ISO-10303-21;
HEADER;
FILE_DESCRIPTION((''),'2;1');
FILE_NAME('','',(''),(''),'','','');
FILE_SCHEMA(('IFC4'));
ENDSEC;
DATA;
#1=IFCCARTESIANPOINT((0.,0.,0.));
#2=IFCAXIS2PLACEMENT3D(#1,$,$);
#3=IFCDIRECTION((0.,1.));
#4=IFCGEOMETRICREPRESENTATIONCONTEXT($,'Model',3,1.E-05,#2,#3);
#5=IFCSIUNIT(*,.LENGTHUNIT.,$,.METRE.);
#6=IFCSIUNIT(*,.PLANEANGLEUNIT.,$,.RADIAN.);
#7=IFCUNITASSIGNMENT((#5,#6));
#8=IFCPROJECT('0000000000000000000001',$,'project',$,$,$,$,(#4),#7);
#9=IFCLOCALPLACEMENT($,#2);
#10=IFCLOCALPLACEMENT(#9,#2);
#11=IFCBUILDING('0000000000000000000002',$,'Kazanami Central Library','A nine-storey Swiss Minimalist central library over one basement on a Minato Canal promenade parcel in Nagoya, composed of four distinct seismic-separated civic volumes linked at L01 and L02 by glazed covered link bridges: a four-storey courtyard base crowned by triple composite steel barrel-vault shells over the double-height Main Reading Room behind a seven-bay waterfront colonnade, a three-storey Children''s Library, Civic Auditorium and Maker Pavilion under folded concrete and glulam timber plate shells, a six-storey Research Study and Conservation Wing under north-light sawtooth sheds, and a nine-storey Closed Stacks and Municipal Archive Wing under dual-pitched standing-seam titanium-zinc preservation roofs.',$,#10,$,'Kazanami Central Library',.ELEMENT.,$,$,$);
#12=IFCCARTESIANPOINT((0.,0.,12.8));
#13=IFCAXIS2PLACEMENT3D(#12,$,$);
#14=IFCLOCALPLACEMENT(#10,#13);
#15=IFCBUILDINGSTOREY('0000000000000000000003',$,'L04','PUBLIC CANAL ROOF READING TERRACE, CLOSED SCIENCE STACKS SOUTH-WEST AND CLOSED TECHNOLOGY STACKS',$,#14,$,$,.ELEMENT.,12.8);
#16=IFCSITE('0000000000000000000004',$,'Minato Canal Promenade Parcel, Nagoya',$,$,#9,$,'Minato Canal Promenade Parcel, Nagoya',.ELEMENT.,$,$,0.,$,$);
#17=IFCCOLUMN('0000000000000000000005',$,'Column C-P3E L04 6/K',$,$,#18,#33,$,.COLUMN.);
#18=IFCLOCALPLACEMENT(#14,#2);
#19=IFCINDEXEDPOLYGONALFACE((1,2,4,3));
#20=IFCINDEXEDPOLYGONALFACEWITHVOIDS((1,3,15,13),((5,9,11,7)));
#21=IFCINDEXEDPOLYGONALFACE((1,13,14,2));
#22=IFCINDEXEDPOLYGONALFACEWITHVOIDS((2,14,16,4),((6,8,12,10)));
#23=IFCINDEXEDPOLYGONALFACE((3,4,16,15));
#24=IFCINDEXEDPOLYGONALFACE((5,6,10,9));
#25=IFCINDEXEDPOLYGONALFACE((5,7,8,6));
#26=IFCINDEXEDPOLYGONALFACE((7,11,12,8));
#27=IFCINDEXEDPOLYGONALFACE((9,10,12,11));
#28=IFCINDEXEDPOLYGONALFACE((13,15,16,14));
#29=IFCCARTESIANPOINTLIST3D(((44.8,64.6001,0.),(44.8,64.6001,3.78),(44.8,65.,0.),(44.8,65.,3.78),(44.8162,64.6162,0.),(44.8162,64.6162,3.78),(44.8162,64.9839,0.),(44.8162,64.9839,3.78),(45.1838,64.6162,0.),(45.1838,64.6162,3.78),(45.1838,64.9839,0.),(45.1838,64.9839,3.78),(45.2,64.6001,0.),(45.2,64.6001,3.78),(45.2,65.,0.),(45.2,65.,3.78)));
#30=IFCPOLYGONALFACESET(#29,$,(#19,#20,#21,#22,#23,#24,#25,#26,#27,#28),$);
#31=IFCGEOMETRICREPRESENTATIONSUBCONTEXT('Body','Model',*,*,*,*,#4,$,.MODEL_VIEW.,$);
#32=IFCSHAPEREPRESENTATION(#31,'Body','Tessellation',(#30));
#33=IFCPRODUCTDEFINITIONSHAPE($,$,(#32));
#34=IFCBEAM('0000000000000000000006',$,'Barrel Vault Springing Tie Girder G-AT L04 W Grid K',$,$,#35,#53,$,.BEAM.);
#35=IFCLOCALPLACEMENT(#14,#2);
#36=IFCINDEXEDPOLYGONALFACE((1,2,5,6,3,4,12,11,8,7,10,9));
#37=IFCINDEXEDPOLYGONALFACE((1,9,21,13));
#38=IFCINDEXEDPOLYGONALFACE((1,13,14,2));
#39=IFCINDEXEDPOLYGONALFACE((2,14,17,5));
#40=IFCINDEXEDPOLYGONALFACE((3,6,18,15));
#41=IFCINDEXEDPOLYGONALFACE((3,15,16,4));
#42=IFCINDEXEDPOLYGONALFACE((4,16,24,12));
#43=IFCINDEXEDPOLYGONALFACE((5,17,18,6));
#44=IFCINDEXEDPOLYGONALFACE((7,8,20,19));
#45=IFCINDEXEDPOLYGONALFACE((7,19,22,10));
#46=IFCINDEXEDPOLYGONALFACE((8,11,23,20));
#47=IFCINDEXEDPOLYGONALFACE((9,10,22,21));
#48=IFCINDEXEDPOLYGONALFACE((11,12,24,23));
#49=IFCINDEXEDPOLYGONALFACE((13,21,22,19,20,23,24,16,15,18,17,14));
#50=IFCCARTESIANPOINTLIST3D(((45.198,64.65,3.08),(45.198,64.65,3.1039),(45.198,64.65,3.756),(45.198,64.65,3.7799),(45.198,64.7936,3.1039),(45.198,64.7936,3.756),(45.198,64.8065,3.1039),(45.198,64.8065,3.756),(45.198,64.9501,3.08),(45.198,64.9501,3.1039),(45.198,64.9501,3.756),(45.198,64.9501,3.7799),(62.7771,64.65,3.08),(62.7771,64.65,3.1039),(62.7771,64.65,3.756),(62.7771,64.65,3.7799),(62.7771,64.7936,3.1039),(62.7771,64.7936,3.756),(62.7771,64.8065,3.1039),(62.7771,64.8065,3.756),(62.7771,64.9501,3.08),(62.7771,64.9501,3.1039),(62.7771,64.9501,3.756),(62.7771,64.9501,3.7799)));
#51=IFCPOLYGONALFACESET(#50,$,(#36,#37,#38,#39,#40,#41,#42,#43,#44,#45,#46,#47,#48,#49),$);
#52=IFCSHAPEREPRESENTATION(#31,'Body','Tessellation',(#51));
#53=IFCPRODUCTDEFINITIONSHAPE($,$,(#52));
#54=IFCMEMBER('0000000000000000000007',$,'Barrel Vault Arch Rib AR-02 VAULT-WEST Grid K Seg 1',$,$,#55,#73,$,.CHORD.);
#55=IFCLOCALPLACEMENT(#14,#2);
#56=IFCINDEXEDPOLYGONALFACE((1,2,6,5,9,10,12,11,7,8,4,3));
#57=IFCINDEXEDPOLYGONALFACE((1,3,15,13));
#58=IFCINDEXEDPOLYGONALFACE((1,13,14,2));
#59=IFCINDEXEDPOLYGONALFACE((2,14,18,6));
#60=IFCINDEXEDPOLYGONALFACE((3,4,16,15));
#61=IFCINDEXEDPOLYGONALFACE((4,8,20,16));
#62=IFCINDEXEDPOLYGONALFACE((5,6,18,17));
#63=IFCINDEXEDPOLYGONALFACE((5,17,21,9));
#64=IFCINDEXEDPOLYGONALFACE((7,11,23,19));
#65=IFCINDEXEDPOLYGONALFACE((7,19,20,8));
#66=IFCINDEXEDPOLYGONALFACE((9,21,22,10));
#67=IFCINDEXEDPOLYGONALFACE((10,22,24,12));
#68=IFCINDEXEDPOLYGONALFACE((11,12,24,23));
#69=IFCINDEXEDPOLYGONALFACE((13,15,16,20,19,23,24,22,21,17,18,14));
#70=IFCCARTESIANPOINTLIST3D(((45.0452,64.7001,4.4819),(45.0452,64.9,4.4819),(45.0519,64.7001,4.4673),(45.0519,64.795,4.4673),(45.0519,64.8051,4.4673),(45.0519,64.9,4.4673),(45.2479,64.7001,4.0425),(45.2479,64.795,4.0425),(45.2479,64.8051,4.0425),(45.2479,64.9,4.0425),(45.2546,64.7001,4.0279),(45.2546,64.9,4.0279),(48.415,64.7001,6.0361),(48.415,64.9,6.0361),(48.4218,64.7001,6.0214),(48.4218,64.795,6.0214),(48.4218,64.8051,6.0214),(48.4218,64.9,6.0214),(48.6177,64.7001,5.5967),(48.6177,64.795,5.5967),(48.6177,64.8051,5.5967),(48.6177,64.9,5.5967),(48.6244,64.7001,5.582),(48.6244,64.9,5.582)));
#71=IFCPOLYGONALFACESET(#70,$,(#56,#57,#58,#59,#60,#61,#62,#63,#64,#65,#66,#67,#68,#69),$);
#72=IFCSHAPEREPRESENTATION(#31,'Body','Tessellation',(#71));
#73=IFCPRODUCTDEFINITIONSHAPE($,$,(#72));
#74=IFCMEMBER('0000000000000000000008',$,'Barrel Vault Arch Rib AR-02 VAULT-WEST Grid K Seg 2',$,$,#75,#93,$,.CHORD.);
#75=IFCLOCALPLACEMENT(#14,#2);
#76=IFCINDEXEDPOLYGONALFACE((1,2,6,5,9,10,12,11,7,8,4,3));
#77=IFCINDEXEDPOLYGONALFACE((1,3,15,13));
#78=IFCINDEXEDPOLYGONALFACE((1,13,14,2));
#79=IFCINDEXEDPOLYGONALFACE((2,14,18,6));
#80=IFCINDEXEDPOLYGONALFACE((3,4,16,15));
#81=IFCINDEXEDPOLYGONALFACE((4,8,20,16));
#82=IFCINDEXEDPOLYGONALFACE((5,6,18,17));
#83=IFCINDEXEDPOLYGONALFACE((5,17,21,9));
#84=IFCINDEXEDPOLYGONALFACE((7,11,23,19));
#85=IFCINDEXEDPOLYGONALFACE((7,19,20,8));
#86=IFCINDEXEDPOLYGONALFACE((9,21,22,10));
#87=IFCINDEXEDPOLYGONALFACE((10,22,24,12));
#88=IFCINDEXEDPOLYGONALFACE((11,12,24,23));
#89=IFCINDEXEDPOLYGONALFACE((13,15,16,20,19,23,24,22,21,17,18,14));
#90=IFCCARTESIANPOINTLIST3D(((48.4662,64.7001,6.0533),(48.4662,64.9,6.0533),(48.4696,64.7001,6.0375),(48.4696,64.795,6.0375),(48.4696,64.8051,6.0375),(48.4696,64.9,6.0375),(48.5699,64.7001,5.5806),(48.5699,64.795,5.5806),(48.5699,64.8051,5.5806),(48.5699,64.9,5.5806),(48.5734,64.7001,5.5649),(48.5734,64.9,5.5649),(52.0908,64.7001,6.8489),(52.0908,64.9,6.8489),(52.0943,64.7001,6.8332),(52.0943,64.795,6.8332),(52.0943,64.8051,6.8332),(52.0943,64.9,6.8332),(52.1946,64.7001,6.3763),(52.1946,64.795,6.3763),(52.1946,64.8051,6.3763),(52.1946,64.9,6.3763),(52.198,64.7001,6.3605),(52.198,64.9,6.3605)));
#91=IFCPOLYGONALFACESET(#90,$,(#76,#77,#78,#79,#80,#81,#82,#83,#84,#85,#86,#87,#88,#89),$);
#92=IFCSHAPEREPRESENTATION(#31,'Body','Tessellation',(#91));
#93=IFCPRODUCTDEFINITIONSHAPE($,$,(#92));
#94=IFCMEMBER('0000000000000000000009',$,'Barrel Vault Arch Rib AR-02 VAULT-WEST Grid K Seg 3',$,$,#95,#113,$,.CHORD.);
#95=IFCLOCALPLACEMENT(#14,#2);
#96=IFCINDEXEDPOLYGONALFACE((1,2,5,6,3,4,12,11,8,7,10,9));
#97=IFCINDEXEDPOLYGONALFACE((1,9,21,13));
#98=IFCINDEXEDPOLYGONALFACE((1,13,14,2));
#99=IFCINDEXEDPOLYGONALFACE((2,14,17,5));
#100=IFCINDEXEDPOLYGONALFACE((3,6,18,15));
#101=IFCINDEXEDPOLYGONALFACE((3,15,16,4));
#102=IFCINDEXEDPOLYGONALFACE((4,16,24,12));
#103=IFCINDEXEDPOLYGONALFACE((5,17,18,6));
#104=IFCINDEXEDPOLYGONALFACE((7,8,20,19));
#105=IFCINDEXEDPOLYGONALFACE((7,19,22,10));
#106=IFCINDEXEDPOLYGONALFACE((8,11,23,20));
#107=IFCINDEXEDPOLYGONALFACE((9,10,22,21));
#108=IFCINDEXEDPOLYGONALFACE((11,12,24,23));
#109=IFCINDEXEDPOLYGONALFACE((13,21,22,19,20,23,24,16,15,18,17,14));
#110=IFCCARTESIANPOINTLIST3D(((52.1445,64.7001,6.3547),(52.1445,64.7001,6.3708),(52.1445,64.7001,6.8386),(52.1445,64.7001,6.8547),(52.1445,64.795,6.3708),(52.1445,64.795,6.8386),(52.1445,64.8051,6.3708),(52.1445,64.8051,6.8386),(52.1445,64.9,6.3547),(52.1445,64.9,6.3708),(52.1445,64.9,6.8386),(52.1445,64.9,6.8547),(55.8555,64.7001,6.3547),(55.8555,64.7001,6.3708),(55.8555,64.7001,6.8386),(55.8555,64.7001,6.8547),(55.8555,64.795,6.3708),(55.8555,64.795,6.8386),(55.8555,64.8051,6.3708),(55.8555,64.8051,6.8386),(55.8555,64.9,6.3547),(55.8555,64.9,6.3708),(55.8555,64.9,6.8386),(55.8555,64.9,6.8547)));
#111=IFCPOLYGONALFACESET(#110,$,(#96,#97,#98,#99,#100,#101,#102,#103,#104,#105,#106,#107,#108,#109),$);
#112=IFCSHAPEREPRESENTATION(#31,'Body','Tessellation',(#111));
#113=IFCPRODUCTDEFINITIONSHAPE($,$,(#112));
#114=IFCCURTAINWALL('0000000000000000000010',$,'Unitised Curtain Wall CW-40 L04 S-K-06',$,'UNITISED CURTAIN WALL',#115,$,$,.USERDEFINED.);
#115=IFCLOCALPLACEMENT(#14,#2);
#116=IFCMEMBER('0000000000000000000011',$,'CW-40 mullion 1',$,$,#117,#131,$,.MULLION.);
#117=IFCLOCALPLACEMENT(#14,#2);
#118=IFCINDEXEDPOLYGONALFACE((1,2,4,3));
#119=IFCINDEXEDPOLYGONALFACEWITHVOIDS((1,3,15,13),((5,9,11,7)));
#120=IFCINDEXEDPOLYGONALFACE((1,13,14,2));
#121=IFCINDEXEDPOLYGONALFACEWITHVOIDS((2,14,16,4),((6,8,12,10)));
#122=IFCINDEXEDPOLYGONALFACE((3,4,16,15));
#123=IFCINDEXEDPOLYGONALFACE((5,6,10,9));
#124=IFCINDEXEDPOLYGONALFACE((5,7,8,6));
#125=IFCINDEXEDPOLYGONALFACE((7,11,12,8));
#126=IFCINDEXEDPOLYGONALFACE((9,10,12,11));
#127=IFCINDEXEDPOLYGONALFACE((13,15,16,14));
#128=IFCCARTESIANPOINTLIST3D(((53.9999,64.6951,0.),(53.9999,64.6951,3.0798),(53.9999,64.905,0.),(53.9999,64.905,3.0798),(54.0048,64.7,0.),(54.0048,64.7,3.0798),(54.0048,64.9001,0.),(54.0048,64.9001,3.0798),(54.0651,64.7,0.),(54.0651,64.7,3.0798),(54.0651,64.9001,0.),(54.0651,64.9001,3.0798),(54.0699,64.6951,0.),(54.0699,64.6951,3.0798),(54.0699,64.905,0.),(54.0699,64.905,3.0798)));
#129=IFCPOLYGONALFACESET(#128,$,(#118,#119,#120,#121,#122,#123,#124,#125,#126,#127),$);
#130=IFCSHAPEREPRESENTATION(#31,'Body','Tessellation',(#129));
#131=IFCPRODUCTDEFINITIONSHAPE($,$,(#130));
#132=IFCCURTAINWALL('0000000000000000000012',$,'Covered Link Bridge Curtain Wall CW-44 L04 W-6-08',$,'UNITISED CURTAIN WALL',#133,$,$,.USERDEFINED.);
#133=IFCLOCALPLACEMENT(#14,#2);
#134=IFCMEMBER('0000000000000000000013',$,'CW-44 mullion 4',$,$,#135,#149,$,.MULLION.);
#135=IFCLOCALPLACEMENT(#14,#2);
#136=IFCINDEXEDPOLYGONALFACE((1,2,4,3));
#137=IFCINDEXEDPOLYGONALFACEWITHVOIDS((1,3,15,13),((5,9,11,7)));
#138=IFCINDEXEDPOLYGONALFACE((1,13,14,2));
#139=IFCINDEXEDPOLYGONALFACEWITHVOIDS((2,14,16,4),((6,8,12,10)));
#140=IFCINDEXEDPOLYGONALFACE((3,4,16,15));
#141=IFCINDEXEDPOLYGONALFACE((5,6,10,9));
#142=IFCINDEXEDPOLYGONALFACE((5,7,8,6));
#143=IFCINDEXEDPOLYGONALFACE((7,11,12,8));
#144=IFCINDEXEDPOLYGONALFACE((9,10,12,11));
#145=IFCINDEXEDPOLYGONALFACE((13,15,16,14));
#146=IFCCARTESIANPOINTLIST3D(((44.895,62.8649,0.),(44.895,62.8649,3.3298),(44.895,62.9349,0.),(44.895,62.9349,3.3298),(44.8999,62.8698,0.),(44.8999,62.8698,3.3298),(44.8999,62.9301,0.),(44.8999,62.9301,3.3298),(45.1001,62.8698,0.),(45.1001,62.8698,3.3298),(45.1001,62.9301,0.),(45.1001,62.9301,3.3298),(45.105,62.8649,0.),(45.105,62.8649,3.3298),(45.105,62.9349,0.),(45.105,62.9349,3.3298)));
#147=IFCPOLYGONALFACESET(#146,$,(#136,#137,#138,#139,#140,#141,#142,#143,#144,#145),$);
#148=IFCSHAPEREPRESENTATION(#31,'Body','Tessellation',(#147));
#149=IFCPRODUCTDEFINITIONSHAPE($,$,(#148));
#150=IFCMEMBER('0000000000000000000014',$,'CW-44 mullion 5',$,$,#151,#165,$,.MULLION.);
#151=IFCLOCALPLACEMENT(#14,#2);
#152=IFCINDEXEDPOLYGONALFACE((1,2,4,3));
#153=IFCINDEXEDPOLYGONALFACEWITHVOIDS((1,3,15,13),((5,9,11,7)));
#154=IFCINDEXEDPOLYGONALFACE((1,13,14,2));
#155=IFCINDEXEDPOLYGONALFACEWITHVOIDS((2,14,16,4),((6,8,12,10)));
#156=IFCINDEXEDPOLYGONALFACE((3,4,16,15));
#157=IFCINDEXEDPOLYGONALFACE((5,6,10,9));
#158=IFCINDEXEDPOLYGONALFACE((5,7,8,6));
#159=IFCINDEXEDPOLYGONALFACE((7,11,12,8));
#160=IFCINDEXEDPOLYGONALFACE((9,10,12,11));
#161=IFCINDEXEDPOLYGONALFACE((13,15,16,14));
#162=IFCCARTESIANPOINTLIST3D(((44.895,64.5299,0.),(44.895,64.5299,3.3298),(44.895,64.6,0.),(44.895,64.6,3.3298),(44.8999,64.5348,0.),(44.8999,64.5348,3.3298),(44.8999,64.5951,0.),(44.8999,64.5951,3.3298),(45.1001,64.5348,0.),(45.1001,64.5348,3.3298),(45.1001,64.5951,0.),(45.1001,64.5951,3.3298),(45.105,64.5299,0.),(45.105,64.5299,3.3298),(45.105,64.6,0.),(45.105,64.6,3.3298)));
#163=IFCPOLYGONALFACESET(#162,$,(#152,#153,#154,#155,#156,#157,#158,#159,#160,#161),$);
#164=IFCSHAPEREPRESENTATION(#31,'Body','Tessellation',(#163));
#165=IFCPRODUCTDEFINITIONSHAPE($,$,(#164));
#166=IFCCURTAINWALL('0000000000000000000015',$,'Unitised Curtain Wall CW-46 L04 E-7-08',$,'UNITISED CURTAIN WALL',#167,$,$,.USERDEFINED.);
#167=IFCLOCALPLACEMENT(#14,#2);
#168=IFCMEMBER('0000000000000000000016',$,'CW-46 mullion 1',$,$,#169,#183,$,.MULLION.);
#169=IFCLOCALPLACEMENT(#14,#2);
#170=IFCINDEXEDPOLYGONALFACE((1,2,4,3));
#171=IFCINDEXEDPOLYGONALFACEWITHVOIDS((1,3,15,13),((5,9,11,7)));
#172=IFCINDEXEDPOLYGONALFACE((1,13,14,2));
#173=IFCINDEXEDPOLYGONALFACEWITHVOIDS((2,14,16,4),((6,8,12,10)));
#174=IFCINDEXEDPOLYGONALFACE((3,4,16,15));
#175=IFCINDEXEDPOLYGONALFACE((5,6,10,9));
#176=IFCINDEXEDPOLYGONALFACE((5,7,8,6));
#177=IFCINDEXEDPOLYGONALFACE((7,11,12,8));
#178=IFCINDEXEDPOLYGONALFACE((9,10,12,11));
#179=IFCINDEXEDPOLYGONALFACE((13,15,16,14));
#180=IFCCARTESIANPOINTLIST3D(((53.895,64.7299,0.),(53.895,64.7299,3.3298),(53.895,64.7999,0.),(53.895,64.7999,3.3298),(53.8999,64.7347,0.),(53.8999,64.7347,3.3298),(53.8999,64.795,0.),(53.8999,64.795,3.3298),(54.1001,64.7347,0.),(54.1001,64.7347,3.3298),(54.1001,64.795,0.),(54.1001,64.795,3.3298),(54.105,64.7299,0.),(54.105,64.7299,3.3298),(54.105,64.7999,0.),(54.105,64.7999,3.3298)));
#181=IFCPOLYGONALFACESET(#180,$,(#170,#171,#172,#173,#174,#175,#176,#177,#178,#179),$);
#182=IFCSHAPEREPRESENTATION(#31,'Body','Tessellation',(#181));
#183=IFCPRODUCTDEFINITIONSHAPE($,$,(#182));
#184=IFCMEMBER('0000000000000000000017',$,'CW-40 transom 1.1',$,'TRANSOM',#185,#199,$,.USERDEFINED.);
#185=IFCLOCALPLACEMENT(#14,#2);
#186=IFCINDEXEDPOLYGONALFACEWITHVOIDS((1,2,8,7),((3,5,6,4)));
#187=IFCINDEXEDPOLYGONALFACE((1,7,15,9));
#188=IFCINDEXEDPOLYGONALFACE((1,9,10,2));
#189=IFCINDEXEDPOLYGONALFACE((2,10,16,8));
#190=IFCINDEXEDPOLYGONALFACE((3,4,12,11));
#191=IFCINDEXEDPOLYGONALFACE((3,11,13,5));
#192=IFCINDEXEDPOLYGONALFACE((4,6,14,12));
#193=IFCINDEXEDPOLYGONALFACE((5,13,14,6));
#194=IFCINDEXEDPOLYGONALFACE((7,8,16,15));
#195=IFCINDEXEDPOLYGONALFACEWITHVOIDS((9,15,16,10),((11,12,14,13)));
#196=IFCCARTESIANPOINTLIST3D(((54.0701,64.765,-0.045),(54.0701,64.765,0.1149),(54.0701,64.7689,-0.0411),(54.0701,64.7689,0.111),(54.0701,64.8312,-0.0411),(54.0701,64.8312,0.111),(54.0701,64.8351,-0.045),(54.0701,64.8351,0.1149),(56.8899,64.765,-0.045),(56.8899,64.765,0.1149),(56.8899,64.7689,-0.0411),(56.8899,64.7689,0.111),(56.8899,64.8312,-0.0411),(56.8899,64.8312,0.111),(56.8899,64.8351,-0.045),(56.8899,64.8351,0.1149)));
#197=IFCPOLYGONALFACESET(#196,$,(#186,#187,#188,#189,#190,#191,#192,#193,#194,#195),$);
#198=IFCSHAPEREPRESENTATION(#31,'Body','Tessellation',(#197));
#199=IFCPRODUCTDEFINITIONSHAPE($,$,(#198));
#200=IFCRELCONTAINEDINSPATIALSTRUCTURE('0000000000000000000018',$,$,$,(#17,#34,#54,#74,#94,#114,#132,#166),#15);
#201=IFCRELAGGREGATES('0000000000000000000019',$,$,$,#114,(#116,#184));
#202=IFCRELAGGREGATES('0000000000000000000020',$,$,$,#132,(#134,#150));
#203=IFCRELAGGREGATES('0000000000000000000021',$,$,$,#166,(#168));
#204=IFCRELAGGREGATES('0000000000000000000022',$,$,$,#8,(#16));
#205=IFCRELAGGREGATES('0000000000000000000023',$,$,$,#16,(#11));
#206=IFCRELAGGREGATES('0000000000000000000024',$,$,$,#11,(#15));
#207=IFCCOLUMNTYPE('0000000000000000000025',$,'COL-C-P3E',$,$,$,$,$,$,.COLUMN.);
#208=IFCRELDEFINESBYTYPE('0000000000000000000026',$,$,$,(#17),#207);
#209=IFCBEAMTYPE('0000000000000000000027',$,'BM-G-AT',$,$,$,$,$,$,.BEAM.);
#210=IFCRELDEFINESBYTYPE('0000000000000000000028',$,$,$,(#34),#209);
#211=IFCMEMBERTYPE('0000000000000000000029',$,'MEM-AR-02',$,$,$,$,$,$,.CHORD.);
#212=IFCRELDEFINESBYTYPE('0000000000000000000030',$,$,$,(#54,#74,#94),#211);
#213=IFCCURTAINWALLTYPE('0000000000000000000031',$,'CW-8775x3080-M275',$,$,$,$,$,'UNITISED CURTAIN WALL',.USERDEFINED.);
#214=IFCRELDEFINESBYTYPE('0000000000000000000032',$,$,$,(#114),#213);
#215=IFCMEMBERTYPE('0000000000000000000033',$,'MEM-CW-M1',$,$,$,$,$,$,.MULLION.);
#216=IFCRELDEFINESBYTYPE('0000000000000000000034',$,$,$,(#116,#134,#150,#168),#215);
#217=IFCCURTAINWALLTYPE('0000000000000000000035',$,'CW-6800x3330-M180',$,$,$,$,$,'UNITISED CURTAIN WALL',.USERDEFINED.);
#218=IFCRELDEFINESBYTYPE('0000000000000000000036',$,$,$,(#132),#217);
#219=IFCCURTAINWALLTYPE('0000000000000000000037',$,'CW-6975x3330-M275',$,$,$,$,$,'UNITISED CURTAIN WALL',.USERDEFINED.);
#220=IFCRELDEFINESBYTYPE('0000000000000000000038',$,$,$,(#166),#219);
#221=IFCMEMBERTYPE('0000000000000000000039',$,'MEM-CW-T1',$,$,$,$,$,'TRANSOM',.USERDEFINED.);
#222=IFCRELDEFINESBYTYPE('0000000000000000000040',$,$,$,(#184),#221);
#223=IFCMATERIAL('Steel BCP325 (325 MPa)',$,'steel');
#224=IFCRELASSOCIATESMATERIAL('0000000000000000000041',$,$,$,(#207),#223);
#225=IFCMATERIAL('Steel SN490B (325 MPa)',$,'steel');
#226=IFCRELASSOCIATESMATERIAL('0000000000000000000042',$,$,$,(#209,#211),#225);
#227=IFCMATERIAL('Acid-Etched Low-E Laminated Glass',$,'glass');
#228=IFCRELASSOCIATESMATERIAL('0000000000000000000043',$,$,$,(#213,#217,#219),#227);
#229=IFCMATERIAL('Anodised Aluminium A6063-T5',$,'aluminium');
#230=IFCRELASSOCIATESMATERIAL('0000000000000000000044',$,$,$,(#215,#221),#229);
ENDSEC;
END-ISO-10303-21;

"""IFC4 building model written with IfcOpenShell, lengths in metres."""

from ifc_helpers import new_model, si_unit, direction, frame, origin, origin_2d, place, context, subcontext, project, spatial, hollow_rectangle, i_section, extrude, material, material_profile, profile_set, type_object, element, aggregate, save


model = new_model("IFC4")

# Units and contexts
model_context = context("Model", 3, precision=1e-05, world=origin(), true_north=direction((0.0, 1.0)))
body_context = subcontext(model_context, "Body", "Model", "MODEL_VIEW")
ifc_project = project(units=[si_unit("LENGTHUNIT", "METRE"), si_unit("PLANEANGLEUNIT", "RADIAN")], contexts=[model_context])

# Site, building, storey
site_placement = place(None, origin())
site = spatial("IfcSite", under=ifc_project, at=site_placement, Name="Minato Canal Promenade Parcel, Nagoya", LongName="Minato Canal Promenade Parcel, Nagoya", CompositionType="ELEMENT", RefElevation=0.0)
building_placement = place(site_placement, origin())
building = spatial("IfcBuilding", under=site, at=building_placement, Name="Kazanami Central Library", Description="A nine-storey Swiss Minimalist central library over one basement on a Minato Canal promenade parcel in Nagoya, composed of four distinct seismic-separated civic volumes linked at L01 and L02 by glazed covered link bridges: a four-storey courtyard base crowned by triple composite steel barrel-vault shells over the double-height Main Reading Room behind a seven-bay waterfront colonnade, a three-storey Children's Library, Civic Auditorium and Maker Pavilion under folded concrete and glulam timber plate shells, a six-storey Research Study and Conservation Wing under north-light sawtooth sheds, and a nine-storey Closed Stacks and Municipal Archive Wing under dual-pitched standing-seam titanium-zinc preservation roofs.", LongName="Kazanami Central Library", CompositionType="ELEMENT")
storey_placement = place(building_placement, frame((0.0, 0.0, 12.8)))
storey = spatial("IfcBuildingStorey", under=building, at=storey_placement, Name="L04", Description="PUBLIC CANAL ROOF READING TERRACE, CLOSED SCIENCE STACKS SOUTH-WEST AND CLOSED TECHNOLOGY STACKS", CompositionType="ELEMENT", Elevation=12.8)

# Column
ifc_material_1 = material(Name="Steel BCP325 (325 MPa)", Category="steel")
ifc_material_profile_1 = material_profile(ifc_material_1, hollow_rectangle(XDim=0.3999, YDim=0.3999, WallThickness=0.0161, at=origin_2d()), Name="BCP-400x400x16")
ifc_profile_set_1 = profile_set([ifc_material_profile_1], Name="Steel BCP325 (325 MPa)")
column_type = type_object("IfcColumnType", Name="COL-C-P3E", PredefinedType="COLUMN", material=ifc_profile_set_1)
column_placement = place(storey_placement, frame((45.0, 64.8, 0.0), z_axis=(0.0, 0.0, 1.0), x_axis=(1.0, 0.0, 0.0)))
element("IfcColumn", 1, at=column_placement, inside=storey, type_object=column_type, Name="Column C-P3E L04 6/K", PredefinedType="COLUMN", context=body_context, shape_type="SweptSolid", body=[
    extrude(hollow_rectangle(XDim=0.3999, YDim=0.3999, WallThickness=0.0161, at=origin_2d()), origin(), (0.0, 0.0, 1.0), 3.78),
])

# Beam
ifc_material_2 = material(Name="Steel SN490B (325 MPa)", Category="steel")
ifc_material_profile_2 = material_profile(ifc_material_2, i_section(OverallWidth=0.3, OverallDepth=0.7, WebThickness=0.0129, FlangeThickness=0.0239, at=origin_2d()), Name="H-700x300x13x24")
ifc_profile_set_2 = profile_set([ifc_material_profile_2], Name="Steel SN490B (325 MPa)")
beam_type = type_object("IfcBeamType", Name="BM-G-AT", PredefinedType="BEAM", material=ifc_profile_set_2)
beam_placement = place(storey_placement, frame((45.198, 64.8, 3.4299), z_axis=(1.0, 0.0, 0.0), x_axis=(0.0, 1.0, 0.0)))
element("IfcBeam", 2, at=beam_placement, inside=storey, type_object=beam_type, Name="Barrel Vault Springing Tie Girder G-AT L04 W Grid K", PredefinedType="BEAM", context=body_context, shape_type="SweptSolid", body=[
    extrude(i_section(OverallWidth=0.3, OverallDepth=0.7, WebThickness=0.0129, FlangeThickness=0.0239, at=origin_2d()), origin(), (0.0, 0.0, 1.0), 17.5791),
])

# Members
ifc_material_profile_3 = material_profile(ifc_material_2, i_section(OverallWidth=0.2, OverallDepth=0.5, WebThickness=0.01, FlangeThickness=0.0161, at=origin_2d()), Name="H-500x200x10x16")
ifc_profile_set_3 = profile_set([ifc_material_profile_3], Name="Steel SN490B (325 MPa)")
member_type_1 = type_object("IfcMemberType", Name="MEM-AR-02", PredefinedType="CHORD", material=ifc_profile_set_3)
for number, where, z_axis, x_axis, name in (
    (3, (45.1499, 64.8, 4.2549), (0.908075, 0.0, 0.418808), (0.0, 1.0, 0.0), "Barrel Vault Arch Rib AR-02 VAULT-WEST Grid K Seg 1"),
    (4, (48.5198, 64.8, 5.8091), (0.976746, 0.0, 0.214401), (0.0, 1.0, 0.0), "Barrel Vault Arch Rib AR-02 VAULT-WEST Grid K Seg 2"),
    (5, (52.1445, 64.8, 6.6047), (1.0, 0.0, 0.0), (0.0, 1.0, 0.0), "Barrel Vault Arch Rib AR-02 VAULT-WEST Grid K Seg 3"),
):
    element("IfcMember", number, at=place(storey_placement, frame(where, z_axis=z_axis, x_axis=x_axis)), inside=storey, type_object=member_type_1, Name=name, PredefinedType="CHORD", context=body_context, shape_type="SweptSolid", body=[
        extrude(i_section(OverallWidth=0.2, OverallDepth=0.5, WebThickness=0.01, FlangeThickness=0.0161, at=origin_2d()), origin(), (0.0, 0.0, 1.0), 3.7109),
    ])

# Curtain wall, member
ifc_material_3 = material(Name="Acid-Etched Low-E Laminated Glass", Category="glass")
curtain_wall_type_1 = type_object("IfcCurtainWallType", Name="CW-8775x3080-M275", ElementType="UNITISED CURTAIN WALL", PredefinedType="USERDEFINED", material=ifc_material_3)
curtain_wall_1_placement = place(storey_placement, origin())
curtain_wall_1 = element("IfcCurtainWall", 6, at=curtain_wall_1_placement, inside=storey, type_object=curtain_wall_type_1, Name="Unitised Curtain Wall CW-40 L04 S-K-06", ObjectType="UNITISED CURTAIN WALL", PredefinedType="USERDEFINED")
ifc_material_4 = material(Name="Anodised Aluminium A6063-T5", Category="aluminium")
ifc_material_profile_4 = material_profile(ifc_material_4, hollow_rectangle(XDim=0.0701, YDim=0.21, WallThickness=0.0049, at=origin_2d()), Name="ALU-MULL-70x210x5")
ifc_profile_set_4 = profile_set([ifc_material_profile_4], Name="Anodised Aluminium A6063-T5")
member_type_2 = type_object("IfcMemberType", Name="MEM-CW-M1", PredefinedType="MULLION", material=ifc_profile_set_4)
member_1_placement = place(storey_placement, frame((54.0349, 64.8, 0.0), z_axis=(0.0, 0.0, 1.0), x_axis=(1.0, 0.0, 0.0)))
member_1 = element("IfcMember", 7, at=member_1_placement, type_object=member_type_2, Name="CW-40 mullion 1", PredefinedType="MULLION", context=body_context, shape_type="SweptSolid", body=[
    extrude(hollow_rectangle(XDim=0.0701, YDim=0.21, WallThickness=0.0049, at=origin_2d()), origin(), (0.0, 0.0, 1.0), 3.0798),
])

# Curtain wall, members
curtain_wall_type_2 = type_object("IfcCurtainWallType", Name="CW-6800x3330-M180", ElementType="UNITISED CURTAIN WALL", PredefinedType="USERDEFINED", material=ifc_material_3)
curtain_wall_2_placement = place(storey_placement, origin())
curtain_wall_2 = element("IfcCurtainWall", 8, at=curtain_wall_2_placement, inside=storey, type_object=curtain_wall_type_2, Name="Covered Link Bridge Curtain Wall CW-44 L04 W-6-08", ObjectType="UNITISED CURTAIN WALL", PredefinedType="USERDEFINED")
member_2_placement = place(storey_placement, frame((45.0, 62.8999, 0.0), z_axis=(0.0, 0.0, 1.0), x_axis=(0.0, 1.0, 0.0)))
member_2 = element("IfcMember", 9, at=member_2_placement, type_object=member_type_2, Name="CW-44 mullion 4", PredefinedType="MULLION", context=body_context, shape_type="SweptSolid", body=[
    extrude(hollow_rectangle(XDim=0.0701, YDim=0.21, WallThickness=0.0049, at=origin_2d()), origin(), (0.0, 0.0, 1.0), 3.3298),
])
member_3_placement = place(storey_placement, frame((45.0, 64.5649, 0.0), z_axis=(0.0, 0.0, 1.0), x_axis=(0.0, 1.0, 0.0)))
member_3 = element("IfcMember", 10, at=member_3_placement, type_object=member_type_2, Name="CW-44 mullion 5", PredefinedType="MULLION", context=body_context, shape_type="SweptSolid", body=[
    extrude(hollow_rectangle(XDim=0.0701, YDim=0.21, WallThickness=0.0049, at=origin_2d()), origin(), (0.0, 0.0, 1.0), 3.3298),
])

# Curtain wall, member
curtain_wall_type_3 = type_object("IfcCurtainWallType", Name="CW-6975x3330-M275", ElementType="UNITISED CURTAIN WALL", PredefinedType="USERDEFINED", material=ifc_material_3)
curtain_wall_3_placement = place(storey_placement, origin())
curtain_wall_3 = element("IfcCurtainWall", 11, at=curtain_wall_3_placement, inside=storey, type_object=curtain_wall_type_3, Name="Unitised Curtain Wall CW-46 L04 E-7-08", ObjectType="UNITISED CURTAIN WALL", PredefinedType="USERDEFINED")
member_4_placement = place(storey_placement, frame((54.0, 64.7649, 0.0), z_axis=(0.0, 0.0, 1.0), x_axis=(0.0, -1.0, 0.0)))
member_4 = element("IfcMember", 12, at=member_4_placement, type_object=member_type_2, Name="CW-46 mullion 1", PredefinedType="MULLION", context=body_context, shape_type="SweptSolid", body=[
    extrude(hollow_rectangle(XDim=0.0701, YDim=0.21, WallThickness=0.0049, at=origin_2d()), origin(), (0.0, 0.0, 1.0), 3.3298),
])

# Member
ifc_material_profile_5 = material_profile(ifc_material_4, hollow_rectangle(XDim=0.0701, YDim=0.1599, WallThickness=0.0039, at=origin_2d()), Name="ALU-TRAN-70x160x4")
ifc_profile_set_5 = profile_set([ifc_material_profile_5], Name="Anodised Aluminium A6063-T5")
member_type_3 = type_object("IfcMemberType", Name="MEM-CW-T1", ElementType="TRANSOM", PredefinedType="USERDEFINED", material=ifc_profile_set_5)
member_5_placement = place(storey_placement, frame((54.0701, 64.8, 0.0349), z_axis=(1.0, 0.0, 0.0), x_axis=(0.0, 1.0, 0.0)))
member_5 = element("IfcMember", 13, at=member_5_placement, type_object=member_type_3, Name="CW-40 transom 1.1", ObjectType="TRANSOM", PredefinedType="USERDEFINED", context=body_context, shape_type="SweptSolid", body=[
    extrude(hollow_rectangle(XDim=0.0701, YDim=0.1599, WallThickness=0.0039, at=origin_2d()), origin(), (0.0, 0.0, 1.0), 2.8198),
])
aggregate(curtain_wall_1, [member_1, member_5])

aggregate(curtain_wall_2, [member_2, member_3])
aggregate(curtain_wall_3, [member_4])

save(model, "model.ifc")
